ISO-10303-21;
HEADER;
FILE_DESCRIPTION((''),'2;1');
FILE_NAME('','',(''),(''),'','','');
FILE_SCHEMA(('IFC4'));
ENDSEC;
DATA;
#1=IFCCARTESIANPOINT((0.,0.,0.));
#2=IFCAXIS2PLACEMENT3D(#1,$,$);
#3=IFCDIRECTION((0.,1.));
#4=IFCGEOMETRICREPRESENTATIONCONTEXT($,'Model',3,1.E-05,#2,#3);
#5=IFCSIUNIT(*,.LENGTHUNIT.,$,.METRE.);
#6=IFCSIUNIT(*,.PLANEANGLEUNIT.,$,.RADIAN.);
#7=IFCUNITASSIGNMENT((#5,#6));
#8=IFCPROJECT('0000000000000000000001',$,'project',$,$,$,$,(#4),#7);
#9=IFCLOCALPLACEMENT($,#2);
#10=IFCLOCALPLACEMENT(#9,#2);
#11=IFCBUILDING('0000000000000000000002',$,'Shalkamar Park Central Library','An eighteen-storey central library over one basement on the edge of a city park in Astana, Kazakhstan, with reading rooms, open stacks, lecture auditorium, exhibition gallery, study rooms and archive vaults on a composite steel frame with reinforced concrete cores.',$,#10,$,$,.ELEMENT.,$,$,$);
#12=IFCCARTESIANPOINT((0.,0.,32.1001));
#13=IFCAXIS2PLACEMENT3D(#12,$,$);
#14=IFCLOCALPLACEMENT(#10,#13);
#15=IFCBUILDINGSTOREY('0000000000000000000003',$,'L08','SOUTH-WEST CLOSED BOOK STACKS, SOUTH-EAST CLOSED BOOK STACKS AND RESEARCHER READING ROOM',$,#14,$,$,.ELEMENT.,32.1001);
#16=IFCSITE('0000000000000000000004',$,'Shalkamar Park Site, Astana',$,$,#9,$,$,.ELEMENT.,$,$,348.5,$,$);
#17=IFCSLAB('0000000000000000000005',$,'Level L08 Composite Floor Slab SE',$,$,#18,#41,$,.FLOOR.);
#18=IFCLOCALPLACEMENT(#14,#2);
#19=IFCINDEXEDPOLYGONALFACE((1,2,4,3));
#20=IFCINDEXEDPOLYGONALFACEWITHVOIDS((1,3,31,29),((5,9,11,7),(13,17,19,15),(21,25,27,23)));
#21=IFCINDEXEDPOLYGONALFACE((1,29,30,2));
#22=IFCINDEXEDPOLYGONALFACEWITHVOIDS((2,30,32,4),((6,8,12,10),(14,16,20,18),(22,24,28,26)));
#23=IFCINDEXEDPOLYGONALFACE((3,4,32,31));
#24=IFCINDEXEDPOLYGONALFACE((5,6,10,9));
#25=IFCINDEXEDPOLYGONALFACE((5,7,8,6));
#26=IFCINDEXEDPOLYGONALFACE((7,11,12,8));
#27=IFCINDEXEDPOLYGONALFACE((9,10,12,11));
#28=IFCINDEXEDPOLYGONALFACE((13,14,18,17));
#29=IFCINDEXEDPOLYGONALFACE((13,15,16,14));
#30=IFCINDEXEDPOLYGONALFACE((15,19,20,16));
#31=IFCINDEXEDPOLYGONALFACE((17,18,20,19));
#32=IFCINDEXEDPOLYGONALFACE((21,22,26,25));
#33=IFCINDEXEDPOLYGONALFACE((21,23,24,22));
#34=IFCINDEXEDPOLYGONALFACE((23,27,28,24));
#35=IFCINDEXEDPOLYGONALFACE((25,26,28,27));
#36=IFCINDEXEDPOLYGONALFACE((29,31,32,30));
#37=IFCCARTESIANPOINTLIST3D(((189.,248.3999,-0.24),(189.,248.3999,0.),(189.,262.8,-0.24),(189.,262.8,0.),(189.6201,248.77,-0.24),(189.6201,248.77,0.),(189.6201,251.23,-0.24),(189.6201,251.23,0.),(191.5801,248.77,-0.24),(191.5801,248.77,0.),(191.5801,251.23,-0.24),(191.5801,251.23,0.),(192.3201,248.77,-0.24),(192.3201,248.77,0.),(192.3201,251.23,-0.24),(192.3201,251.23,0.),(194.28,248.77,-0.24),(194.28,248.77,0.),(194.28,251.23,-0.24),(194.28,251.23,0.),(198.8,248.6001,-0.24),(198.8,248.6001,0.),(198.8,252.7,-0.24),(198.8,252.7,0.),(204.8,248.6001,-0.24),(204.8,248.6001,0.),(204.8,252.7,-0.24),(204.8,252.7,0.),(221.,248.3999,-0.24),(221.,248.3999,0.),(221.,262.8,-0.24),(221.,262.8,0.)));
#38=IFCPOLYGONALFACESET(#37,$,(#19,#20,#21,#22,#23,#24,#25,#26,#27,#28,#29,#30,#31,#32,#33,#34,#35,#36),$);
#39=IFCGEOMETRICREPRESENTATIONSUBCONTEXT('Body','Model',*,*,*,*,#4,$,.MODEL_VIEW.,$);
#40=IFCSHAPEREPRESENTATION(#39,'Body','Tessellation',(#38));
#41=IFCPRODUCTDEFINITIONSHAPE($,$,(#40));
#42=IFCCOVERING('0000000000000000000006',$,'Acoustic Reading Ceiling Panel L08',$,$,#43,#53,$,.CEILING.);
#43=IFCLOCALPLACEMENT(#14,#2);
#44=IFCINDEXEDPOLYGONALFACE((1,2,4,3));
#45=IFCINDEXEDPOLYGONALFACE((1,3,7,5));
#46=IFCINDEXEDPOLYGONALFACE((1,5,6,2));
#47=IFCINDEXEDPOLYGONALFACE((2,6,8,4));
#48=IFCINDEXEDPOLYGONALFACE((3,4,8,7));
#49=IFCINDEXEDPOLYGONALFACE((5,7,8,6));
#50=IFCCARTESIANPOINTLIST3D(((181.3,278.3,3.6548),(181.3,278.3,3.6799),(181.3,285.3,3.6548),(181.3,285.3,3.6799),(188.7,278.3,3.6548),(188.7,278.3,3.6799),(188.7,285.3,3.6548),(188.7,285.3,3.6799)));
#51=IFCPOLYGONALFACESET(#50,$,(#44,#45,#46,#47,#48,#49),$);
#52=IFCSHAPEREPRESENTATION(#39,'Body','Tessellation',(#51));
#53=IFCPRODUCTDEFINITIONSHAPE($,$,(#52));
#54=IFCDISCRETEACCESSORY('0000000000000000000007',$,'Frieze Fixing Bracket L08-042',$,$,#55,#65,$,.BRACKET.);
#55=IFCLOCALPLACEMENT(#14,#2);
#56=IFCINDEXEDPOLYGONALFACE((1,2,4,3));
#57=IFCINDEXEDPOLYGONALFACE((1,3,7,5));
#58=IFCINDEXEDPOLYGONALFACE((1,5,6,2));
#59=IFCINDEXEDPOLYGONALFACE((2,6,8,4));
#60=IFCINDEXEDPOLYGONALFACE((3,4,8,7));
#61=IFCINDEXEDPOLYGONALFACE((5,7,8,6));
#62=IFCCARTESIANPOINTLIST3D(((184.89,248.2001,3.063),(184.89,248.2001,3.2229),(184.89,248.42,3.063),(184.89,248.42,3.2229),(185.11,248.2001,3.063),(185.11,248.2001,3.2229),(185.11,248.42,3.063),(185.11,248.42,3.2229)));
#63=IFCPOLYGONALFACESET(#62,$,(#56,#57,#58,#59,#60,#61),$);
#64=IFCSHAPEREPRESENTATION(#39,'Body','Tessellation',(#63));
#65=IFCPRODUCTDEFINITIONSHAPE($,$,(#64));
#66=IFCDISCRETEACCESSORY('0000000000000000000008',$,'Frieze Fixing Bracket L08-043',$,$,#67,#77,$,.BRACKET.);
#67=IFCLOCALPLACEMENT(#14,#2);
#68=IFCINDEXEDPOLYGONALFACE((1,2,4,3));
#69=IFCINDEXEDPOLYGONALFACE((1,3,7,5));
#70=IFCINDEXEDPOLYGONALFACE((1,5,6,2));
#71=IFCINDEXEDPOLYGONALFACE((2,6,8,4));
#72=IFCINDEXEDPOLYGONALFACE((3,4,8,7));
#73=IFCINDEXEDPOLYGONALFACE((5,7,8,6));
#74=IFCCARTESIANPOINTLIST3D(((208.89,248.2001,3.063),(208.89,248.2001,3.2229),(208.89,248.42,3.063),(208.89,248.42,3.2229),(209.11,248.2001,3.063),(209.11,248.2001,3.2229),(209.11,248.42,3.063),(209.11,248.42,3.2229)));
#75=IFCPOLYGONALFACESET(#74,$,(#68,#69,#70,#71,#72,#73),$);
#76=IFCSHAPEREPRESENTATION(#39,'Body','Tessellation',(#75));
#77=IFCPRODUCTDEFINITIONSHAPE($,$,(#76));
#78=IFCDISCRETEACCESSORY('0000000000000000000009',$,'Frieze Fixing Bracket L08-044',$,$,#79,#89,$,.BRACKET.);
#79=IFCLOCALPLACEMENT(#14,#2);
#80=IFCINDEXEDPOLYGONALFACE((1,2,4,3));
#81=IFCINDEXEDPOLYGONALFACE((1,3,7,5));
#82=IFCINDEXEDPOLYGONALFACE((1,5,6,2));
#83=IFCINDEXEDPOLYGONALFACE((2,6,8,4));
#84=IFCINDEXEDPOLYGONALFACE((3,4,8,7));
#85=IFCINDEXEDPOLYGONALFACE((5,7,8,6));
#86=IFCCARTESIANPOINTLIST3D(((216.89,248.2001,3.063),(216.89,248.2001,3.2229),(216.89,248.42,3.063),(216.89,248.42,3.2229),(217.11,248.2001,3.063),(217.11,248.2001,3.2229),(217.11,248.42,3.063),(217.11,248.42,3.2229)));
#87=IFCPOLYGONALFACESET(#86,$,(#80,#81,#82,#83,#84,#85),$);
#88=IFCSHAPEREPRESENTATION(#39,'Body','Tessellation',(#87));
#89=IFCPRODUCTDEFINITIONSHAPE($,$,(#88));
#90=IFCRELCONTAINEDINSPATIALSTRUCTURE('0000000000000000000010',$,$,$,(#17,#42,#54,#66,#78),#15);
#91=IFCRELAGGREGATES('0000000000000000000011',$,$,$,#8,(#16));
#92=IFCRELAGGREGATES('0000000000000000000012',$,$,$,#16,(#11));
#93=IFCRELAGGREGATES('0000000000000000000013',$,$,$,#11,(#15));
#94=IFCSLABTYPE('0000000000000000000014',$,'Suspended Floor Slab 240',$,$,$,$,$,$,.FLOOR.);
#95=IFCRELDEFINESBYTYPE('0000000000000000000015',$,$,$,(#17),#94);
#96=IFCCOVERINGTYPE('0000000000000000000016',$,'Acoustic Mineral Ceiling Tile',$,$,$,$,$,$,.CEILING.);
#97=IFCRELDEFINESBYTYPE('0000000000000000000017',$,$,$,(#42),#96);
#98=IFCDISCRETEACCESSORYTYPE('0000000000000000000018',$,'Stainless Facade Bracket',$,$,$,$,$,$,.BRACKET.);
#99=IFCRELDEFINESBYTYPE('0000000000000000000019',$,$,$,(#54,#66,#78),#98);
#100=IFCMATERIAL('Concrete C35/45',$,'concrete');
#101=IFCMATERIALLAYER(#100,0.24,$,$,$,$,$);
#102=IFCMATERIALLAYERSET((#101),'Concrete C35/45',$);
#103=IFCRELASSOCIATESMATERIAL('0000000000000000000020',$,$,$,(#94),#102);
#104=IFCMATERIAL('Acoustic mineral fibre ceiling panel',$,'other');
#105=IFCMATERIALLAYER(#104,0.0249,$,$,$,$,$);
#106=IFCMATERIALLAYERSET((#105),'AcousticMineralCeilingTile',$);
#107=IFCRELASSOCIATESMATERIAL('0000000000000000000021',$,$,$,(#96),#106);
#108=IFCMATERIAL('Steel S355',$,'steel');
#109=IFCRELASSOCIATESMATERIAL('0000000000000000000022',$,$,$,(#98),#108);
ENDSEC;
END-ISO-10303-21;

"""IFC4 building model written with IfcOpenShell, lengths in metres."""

from ifc_helpers import new_model, si_unit, direction, frame, origin, origin_2d, place, context, subcontext, project, spatial, polyline, rectangle, outline, extrude, material, layer, layer_set, type_object, element, save


model = new_model("IFC4")

# Units and contexts
model_context = context("Model", 3, precision=1e-05, world=origin(), true_north=direction((0.0, 1.0)))
body_context = subcontext(model_context, "Body", "Model", "MODEL_VIEW")
ifc_project = project(units=[si_unit("LENGTHUNIT", "METRE"), si_unit("PLANEANGLEUNIT", "RADIAN")], contexts=[model_context])

# Site, building, storey
site_placement = place(None, origin())
site = spatial("IfcSite", under=ifc_project, at=site_placement, Name="Shalkamar Park Site, Astana", CompositionType="ELEMENT", RefElevation=348.5)
building_placement = place(site_placement, origin())
building = spatial("IfcBuilding", under=site, at=building_placement, Name="Shalkamar Park Central Library", Description="An eighteen-storey central library over one basement on the edge of a city park in Astana, Kazakhstan, with reading rooms, open stacks, lecture auditorium, exhibition gallery, study rooms and archive vaults on a composite steel frame with reinforced concrete cores.", CompositionType="ELEMENT")
storey_placement = place(building_placement, frame((0.0, 0.0, 32.1001)))
storey = spatial("IfcBuildingStorey", under=building, at=storey_placement, Name="L08", Description="SOUTH-WEST CLOSED BOOK STACKS, SOUTH-EAST CLOSED BOOK STACKS AND RESEARCHER READING ROOM", CompositionType="ELEMENT", Elevation=32.1001)

# Shared definitions
ifc_material_1 = material(Name="Steel S355", Category="steel")

# Shared definitions
ifc_material_2 = material(Name="Concrete C35/45", Category="concrete")

# Slab
ifc_layer_1 = layer(ifc_material_2, 0.24)
ifc_layer_set_1 = layer_set([ifc_layer_1], Name="Concrete C35/45")
slab_type_1 = type_object("IfcSlabType", Name="Suspended Floor Slab 240", PredefinedType="FLOOR", material=ifc_layer_set_1)
slab_1_placement = place(storey_placement, frame((0.0, 0.0, -0.24)))
element("IfcSlab", 1, at=slab_1_placement, inside=storey, type_object=slab_type_1, Name="Level L08 Composite Floor Slab SE", PredefinedType="FLOOR", context=body_context, shape_type="SweptSolid", body=[
    extrude(outline(polyline([(189.0, 248.3999), (189.0, 262.8), (221.0, 262.8), (221.0, 248.3999), (189.0, 248.3999)]), holes=[polyline([(189.6201, 251.23), (189.6201, 248.77), (191.5801, 248.77), (191.5801, 251.23), (189.6201, 251.23)]), polyline([(192.3201, 251.23), (192.3201, 248.77), (194.28, 248.77), (194.28, 251.23), (192.3201, 251.23)]), polyline([(198.8, 252.7), (198.8, 248.6001), (204.8, 248.6001), (204.8, 252.7), (198.8, 252.7)])]), origin(), (0.0, 0.0, 1.0), 0.24),
])

# Covering
ifc_material_3 = material(Name="Acoustic mineral fibre ceiling panel", Category="other")
ifc_layer_2 = layer(ifc_material_3, 0.0249)
ifc_layer_set_2 = layer_set([ifc_layer_2], Name="AcousticMineralCeilingTile")
covering_type = type_object("IfcCoveringType", Name="Acoustic Mineral Ceiling Tile", PredefinedType="CEILING", material=ifc_layer_set_2)
covering_placement = place(storey_placement, frame((0.0, 0.0, 3.6548)))
element("IfcCovering", 2, at=covering_placement, inside=storey, type_object=covering_type, Name="Acoustic Reading Ceiling Panel L08", PredefinedType="CEILING", context=body_context, shape_type="SweptSolid", body=[
    extrude(outline(polyline([(181.3, 278.3), (188.7, 278.3), (188.7, 285.3), (181.3, 285.3), (181.3, 278.3)])), origin(), (0.0, 0.0, 1.0), 0.0251),
])

# Discrete accessories
discrete_accessory_type = type_object("IfcDiscreteAccessoryType", Name="Stainless Facade Bracket", PredefinedType="BRACKET", material=ifc_material_1)
for number, where, z_axis, x_axis, name in (
    (3, (185.0, 248.3101, 3.063), (0.0, 0.0, 1.0), (1.0, 0.0, 0.0), "Frieze Fixing Bracket L08-042"),
    (4, (209.0, 248.3101, 3.063), (0.0, 0.0, 1.0), (1.0, 0.0, 0.0), "Frieze Fixing Bracket L08-043"),
    (5, (217.0, 248.3101, 3.063), (0.0, 0.0, 1.0), (1.0, 0.0, 0.0), "Frieze Fixing Bracket L08-044"),
):
    element("IfcDiscreteAccessory", number, at=place(storey_placement, frame(where, z_axis=z_axis, x_axis=x_axis)), inside=storey, type_object=discrete_accessory_type, Name=name, PredefinedType="BRACKET", context=body_context, shape_type="SweptSolid", body=[
        extrude(rectangle(XDim=0.22, YDim=0.22, at=origin_2d()), origin(), (0.0, 0.0, 1.0), 0.1599),
    ])

save(model, "model.ifc")
